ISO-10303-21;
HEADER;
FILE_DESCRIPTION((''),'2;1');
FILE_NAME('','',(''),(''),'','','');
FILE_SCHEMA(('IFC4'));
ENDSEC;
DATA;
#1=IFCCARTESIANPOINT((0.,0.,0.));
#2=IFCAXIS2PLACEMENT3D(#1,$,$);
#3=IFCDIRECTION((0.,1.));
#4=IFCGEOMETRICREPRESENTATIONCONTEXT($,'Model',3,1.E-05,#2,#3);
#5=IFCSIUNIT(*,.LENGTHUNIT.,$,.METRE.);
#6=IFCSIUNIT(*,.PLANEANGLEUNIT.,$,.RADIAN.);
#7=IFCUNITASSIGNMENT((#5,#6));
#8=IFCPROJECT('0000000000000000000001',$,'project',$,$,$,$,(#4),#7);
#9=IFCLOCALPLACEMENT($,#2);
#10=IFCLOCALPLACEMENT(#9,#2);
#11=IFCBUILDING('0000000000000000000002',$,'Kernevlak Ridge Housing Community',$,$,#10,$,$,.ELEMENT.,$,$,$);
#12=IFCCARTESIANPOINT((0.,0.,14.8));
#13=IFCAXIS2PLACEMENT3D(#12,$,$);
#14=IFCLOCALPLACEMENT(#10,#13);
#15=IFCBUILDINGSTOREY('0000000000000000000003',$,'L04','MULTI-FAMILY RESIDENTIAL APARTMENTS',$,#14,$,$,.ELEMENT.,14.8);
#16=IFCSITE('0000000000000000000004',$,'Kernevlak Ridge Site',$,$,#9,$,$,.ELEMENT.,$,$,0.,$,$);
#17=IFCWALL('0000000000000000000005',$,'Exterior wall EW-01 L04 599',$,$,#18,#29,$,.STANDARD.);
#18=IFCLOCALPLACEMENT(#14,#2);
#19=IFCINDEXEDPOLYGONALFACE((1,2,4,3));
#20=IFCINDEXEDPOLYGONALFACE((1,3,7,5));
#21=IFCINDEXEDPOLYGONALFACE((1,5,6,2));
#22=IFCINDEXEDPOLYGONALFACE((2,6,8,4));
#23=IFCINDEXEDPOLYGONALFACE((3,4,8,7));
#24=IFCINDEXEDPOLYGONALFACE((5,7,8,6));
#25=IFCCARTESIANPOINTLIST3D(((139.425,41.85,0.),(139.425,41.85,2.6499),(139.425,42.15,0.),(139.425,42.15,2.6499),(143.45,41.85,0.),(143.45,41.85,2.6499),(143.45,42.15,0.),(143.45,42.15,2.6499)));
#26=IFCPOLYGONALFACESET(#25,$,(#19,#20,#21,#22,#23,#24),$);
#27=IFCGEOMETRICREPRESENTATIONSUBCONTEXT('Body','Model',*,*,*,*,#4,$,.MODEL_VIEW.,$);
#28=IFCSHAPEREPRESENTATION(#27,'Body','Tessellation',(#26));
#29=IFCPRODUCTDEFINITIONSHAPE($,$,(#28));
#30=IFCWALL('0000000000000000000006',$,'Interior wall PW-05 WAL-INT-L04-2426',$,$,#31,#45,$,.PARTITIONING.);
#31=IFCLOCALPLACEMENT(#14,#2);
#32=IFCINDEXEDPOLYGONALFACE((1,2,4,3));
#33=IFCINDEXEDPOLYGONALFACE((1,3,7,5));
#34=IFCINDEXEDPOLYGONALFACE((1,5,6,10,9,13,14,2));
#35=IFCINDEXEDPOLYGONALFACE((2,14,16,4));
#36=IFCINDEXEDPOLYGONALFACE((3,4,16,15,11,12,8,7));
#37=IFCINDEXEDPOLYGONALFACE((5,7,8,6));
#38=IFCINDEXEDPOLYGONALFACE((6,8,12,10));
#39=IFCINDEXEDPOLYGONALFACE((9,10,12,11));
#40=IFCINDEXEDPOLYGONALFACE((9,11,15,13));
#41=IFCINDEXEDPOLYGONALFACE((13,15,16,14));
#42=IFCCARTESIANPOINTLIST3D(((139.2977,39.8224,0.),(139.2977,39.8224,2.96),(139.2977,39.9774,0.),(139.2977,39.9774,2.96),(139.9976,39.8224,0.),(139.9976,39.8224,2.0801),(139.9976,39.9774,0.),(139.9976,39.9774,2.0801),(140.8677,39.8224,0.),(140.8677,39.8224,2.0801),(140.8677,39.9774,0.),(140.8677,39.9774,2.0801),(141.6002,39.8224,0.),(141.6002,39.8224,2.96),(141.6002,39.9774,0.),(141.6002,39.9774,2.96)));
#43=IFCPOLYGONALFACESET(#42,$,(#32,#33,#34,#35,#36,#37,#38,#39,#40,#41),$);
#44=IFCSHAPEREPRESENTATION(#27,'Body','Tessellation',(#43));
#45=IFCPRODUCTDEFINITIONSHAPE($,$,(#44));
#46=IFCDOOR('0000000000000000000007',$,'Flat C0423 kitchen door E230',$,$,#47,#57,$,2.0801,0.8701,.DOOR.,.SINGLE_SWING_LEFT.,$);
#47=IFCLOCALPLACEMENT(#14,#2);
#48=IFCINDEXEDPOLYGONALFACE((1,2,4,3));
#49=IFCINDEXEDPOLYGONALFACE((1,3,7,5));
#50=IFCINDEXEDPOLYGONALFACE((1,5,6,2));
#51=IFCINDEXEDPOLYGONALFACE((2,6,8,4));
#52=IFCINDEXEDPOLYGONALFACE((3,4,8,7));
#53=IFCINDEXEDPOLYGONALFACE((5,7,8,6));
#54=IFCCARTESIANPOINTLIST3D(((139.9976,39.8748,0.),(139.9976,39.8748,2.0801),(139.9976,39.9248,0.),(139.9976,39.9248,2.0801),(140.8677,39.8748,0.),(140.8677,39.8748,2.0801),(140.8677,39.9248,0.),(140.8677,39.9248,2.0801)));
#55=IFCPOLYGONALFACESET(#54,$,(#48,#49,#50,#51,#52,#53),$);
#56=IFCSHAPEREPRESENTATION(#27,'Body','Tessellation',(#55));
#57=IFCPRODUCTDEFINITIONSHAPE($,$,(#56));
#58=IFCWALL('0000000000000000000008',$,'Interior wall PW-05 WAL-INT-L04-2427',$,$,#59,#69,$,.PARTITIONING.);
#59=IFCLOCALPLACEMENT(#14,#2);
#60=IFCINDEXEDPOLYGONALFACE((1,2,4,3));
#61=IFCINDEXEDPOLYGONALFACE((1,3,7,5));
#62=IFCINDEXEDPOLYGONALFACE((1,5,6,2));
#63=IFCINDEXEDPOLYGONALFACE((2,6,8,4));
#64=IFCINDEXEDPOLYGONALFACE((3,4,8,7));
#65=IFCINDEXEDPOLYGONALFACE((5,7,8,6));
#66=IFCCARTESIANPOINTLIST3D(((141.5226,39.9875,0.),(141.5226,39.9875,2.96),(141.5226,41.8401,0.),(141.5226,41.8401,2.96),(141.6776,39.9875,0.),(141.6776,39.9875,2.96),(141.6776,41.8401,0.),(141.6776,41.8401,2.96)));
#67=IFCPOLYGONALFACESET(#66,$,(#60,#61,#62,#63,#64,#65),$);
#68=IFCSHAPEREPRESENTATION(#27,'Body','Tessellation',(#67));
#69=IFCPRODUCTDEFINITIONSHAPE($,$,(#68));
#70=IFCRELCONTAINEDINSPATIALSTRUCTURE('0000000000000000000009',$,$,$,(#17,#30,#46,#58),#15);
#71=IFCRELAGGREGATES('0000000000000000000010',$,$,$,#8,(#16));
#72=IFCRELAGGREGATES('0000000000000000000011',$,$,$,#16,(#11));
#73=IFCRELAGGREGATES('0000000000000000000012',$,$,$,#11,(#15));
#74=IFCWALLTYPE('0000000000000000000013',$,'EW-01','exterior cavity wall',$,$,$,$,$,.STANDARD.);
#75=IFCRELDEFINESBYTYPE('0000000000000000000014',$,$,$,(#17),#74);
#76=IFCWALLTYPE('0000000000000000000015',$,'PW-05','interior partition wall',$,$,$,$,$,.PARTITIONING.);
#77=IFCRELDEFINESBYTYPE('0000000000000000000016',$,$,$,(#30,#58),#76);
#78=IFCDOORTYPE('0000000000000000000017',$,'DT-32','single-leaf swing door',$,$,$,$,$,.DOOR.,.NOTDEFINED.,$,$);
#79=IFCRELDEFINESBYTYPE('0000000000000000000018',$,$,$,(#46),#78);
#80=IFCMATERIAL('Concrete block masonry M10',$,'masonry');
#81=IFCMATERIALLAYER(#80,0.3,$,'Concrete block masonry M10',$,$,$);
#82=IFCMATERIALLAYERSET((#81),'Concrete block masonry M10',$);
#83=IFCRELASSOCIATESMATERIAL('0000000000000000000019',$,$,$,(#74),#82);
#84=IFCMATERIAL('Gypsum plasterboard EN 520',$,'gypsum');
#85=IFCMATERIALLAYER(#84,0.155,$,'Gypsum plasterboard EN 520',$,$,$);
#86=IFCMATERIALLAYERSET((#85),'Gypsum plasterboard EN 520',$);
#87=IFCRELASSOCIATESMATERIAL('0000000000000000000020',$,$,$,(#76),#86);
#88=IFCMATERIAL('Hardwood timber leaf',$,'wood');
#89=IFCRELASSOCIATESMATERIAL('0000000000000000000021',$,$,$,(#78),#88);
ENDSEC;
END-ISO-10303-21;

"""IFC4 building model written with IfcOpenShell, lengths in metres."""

from ifc_helpers import new_model, si_unit, direction, frame, frame_2d, origin, place, context, subcontext, project, spatial, rectangle, extrude, material, layer, layer_set, type_object, element, fill, save


model = new_model("IFC4")

# Units and contexts
model_context = context("Model", 3, precision=1e-05, world=origin(), true_north=direction((0.0, 1.0)))
body_context = subcontext(model_context, "Body", "Model", "MODEL_VIEW")
ifc_project = project(units=[si_unit("LENGTHUNIT", "METRE"), si_unit("PLANEANGLEUNIT", "RADIAN")], contexts=[model_context])

# Site, building, storey
site_placement = place(None, origin())
site = spatial("IfcSite", under=ifc_project, at=site_placement, Name="Kernevlak Ridge Site", CompositionType="ELEMENT", RefElevation=0.0)
building_placement = place(site_placement, origin())
building = spatial("IfcBuilding", under=site, at=building_placement, Name="Kernevlak Ridge Housing Community", CompositionType="ELEMENT")
storey_placement = place(building_placement, frame((0.0, 0.0, 14.8)))
storey = spatial("IfcBuildingStorey", under=building, at=storey_placement, Name="L04", Description="MULTI-FAMILY RESIDENTIAL APARTMENTS", CompositionType="ELEMENT", Elevation=14.8)

# Shared definitions
ifc_material_1 = material(Name="Concrete block masonry M10", Category="masonry")
ifc_layer_1 = layer(ifc_material_1, 0.3, Name="Concrete block masonry M10")
ifc_layer_set_1 = layer_set([ifc_layer_1], Name="Concrete block masonry M10")
wall_type_1 = type_object("IfcWallType", Name="EW-01", Description="exterior cavity wall", PredefinedType="STANDARD", material=ifc_layer_set_1)

# Wall
wall_1_placement = place(storey_placement, frame((139.425, 42.0, 0.0), z_axis=(0.0, 0.0, 1.0), x_axis=(1.0, 0.0, 0.0)))
element("IfcWall", 1, at=wall_1_placement, inside=storey, type_object=wall_type_1, Name="Exterior wall EW-01 L04 599", PredefinedType="STANDARD", context=body_context, shape_type="SweptSolid", body=[
    extrude(rectangle(XDim=4.0249, YDim=0.3, at=frame_2d((2.0125, 0.0))), origin(), (0.0, 0.0, 1.0), 2.6499),
])

# Wall, opening, door
ifc_material_2 = material(Name="Gypsum plasterboard EN 520", Category="gypsum")
ifc_layer_2 = layer(ifc_material_2, 0.155, Name="Gypsum plasterboard EN 520")
ifc_layer_set_2 = layer_set([ifc_layer_2], Name="Gypsum plasterboard EN 520")
wall_type_2 = type_object("IfcWallType", Name="PW-05", Description="interior partition wall", PredefinedType="PARTITIONING", material=ifc_layer_set_2)
wall_2_placement = place(storey_placement, frame((139.2976, 39.8999, 0.0), z_axis=(0.0, 0.0, 1.0), x_axis=(1.0, 0.0, 0.0)))
wall_2 = element("IfcWall", 2, at=wall_2_placement, inside=storey, type_object=wall_type_2, Name="Interior wall PW-05 WAL-INT-L04-2426", PredefinedType="PARTITIONING", context=body_context, shape_type="SweptSolid", body=[
    extrude(rectangle(XDim=2.3025, YDim=0.155, at=frame_2d((1.1514, 0.0))), origin(), (0.0, 0.0, 1.0), 2.96),
])
opening_1_placement = place(wall_2_placement, frame((0.7, 0.0, 0.0)))
opening_1 = element("IfcOpeningElement", 3, at=opening_1_placement, cuts=wall_2, PredefinedType="OPENING", context=body_context, shape_type="SweptSolid", body=[
    extrude(rectangle(XDim=0.8701, YDim=2.0801, at=frame_2d((0.4351, 1.04))), frame((0.0, 0.0874, 0.0), z_axis=(0.0, -1.0, 0.0), x_axis=(1.0, 0.0, 0.0)), (0.0, 0.0, 1.0), 0.175),
])
ifc_material_3 = material(Name="Hardwood timber leaf", Category="wood")
door_type_1 = type_object("IfcDoorType", Name="DT-32", Description="single-leaf swing door", OperationType="NOTDEFINED", PredefinedType="DOOR", material=ifc_material_3)
door_1_placement = place(opening_1_placement, origin())
door_1 = element("IfcDoor", 4, at=door_1_placement, inside=storey, type_object=door_type_1, Name="Flat C0423 kitchen door E230", OperationType="SINGLE_SWING_LEFT", OverallHeight=2.0801, OverallWidth=0.8701, PredefinedType="DOOR", context=body_context, shape_type="SweptSolid", body=[
    extrude(rectangle(XDim=0.8701, YDim=2.0801, at=frame_2d((0.4351, 1.04))), frame((0.0, 0.0249, 0.0), z_axis=(0.0, -1.0, 0.0), x_axis=(1.0, 0.0, 0.0)), (0.0, 0.0, 1.0), 0.05),
])
fill(opening_1, door_1)

# Wall
wall_3_placement = place(storey_placement, frame((141.6001, 39.9875, 0.0), z_axis=(0.0, 0.0, 1.0), x_axis=(0.0, 1.0, 0.0)))
element("IfcWall", 5, at=wall_3_placement, inside=storey, type_object=wall_type_2, Name="Interior wall PW-05 WAL-INT-L04-2427", PredefinedType="PARTITIONING", context=body_context, shape_type="SweptSolid", body=[
    extrude(rectangle(XDim=1.8525, YDim=0.155, at=frame_2d((0.9263, 0.0))), origin(), (0.0, 0.0, 1.0), 2.96),
])

save(model, "model.ifc")
